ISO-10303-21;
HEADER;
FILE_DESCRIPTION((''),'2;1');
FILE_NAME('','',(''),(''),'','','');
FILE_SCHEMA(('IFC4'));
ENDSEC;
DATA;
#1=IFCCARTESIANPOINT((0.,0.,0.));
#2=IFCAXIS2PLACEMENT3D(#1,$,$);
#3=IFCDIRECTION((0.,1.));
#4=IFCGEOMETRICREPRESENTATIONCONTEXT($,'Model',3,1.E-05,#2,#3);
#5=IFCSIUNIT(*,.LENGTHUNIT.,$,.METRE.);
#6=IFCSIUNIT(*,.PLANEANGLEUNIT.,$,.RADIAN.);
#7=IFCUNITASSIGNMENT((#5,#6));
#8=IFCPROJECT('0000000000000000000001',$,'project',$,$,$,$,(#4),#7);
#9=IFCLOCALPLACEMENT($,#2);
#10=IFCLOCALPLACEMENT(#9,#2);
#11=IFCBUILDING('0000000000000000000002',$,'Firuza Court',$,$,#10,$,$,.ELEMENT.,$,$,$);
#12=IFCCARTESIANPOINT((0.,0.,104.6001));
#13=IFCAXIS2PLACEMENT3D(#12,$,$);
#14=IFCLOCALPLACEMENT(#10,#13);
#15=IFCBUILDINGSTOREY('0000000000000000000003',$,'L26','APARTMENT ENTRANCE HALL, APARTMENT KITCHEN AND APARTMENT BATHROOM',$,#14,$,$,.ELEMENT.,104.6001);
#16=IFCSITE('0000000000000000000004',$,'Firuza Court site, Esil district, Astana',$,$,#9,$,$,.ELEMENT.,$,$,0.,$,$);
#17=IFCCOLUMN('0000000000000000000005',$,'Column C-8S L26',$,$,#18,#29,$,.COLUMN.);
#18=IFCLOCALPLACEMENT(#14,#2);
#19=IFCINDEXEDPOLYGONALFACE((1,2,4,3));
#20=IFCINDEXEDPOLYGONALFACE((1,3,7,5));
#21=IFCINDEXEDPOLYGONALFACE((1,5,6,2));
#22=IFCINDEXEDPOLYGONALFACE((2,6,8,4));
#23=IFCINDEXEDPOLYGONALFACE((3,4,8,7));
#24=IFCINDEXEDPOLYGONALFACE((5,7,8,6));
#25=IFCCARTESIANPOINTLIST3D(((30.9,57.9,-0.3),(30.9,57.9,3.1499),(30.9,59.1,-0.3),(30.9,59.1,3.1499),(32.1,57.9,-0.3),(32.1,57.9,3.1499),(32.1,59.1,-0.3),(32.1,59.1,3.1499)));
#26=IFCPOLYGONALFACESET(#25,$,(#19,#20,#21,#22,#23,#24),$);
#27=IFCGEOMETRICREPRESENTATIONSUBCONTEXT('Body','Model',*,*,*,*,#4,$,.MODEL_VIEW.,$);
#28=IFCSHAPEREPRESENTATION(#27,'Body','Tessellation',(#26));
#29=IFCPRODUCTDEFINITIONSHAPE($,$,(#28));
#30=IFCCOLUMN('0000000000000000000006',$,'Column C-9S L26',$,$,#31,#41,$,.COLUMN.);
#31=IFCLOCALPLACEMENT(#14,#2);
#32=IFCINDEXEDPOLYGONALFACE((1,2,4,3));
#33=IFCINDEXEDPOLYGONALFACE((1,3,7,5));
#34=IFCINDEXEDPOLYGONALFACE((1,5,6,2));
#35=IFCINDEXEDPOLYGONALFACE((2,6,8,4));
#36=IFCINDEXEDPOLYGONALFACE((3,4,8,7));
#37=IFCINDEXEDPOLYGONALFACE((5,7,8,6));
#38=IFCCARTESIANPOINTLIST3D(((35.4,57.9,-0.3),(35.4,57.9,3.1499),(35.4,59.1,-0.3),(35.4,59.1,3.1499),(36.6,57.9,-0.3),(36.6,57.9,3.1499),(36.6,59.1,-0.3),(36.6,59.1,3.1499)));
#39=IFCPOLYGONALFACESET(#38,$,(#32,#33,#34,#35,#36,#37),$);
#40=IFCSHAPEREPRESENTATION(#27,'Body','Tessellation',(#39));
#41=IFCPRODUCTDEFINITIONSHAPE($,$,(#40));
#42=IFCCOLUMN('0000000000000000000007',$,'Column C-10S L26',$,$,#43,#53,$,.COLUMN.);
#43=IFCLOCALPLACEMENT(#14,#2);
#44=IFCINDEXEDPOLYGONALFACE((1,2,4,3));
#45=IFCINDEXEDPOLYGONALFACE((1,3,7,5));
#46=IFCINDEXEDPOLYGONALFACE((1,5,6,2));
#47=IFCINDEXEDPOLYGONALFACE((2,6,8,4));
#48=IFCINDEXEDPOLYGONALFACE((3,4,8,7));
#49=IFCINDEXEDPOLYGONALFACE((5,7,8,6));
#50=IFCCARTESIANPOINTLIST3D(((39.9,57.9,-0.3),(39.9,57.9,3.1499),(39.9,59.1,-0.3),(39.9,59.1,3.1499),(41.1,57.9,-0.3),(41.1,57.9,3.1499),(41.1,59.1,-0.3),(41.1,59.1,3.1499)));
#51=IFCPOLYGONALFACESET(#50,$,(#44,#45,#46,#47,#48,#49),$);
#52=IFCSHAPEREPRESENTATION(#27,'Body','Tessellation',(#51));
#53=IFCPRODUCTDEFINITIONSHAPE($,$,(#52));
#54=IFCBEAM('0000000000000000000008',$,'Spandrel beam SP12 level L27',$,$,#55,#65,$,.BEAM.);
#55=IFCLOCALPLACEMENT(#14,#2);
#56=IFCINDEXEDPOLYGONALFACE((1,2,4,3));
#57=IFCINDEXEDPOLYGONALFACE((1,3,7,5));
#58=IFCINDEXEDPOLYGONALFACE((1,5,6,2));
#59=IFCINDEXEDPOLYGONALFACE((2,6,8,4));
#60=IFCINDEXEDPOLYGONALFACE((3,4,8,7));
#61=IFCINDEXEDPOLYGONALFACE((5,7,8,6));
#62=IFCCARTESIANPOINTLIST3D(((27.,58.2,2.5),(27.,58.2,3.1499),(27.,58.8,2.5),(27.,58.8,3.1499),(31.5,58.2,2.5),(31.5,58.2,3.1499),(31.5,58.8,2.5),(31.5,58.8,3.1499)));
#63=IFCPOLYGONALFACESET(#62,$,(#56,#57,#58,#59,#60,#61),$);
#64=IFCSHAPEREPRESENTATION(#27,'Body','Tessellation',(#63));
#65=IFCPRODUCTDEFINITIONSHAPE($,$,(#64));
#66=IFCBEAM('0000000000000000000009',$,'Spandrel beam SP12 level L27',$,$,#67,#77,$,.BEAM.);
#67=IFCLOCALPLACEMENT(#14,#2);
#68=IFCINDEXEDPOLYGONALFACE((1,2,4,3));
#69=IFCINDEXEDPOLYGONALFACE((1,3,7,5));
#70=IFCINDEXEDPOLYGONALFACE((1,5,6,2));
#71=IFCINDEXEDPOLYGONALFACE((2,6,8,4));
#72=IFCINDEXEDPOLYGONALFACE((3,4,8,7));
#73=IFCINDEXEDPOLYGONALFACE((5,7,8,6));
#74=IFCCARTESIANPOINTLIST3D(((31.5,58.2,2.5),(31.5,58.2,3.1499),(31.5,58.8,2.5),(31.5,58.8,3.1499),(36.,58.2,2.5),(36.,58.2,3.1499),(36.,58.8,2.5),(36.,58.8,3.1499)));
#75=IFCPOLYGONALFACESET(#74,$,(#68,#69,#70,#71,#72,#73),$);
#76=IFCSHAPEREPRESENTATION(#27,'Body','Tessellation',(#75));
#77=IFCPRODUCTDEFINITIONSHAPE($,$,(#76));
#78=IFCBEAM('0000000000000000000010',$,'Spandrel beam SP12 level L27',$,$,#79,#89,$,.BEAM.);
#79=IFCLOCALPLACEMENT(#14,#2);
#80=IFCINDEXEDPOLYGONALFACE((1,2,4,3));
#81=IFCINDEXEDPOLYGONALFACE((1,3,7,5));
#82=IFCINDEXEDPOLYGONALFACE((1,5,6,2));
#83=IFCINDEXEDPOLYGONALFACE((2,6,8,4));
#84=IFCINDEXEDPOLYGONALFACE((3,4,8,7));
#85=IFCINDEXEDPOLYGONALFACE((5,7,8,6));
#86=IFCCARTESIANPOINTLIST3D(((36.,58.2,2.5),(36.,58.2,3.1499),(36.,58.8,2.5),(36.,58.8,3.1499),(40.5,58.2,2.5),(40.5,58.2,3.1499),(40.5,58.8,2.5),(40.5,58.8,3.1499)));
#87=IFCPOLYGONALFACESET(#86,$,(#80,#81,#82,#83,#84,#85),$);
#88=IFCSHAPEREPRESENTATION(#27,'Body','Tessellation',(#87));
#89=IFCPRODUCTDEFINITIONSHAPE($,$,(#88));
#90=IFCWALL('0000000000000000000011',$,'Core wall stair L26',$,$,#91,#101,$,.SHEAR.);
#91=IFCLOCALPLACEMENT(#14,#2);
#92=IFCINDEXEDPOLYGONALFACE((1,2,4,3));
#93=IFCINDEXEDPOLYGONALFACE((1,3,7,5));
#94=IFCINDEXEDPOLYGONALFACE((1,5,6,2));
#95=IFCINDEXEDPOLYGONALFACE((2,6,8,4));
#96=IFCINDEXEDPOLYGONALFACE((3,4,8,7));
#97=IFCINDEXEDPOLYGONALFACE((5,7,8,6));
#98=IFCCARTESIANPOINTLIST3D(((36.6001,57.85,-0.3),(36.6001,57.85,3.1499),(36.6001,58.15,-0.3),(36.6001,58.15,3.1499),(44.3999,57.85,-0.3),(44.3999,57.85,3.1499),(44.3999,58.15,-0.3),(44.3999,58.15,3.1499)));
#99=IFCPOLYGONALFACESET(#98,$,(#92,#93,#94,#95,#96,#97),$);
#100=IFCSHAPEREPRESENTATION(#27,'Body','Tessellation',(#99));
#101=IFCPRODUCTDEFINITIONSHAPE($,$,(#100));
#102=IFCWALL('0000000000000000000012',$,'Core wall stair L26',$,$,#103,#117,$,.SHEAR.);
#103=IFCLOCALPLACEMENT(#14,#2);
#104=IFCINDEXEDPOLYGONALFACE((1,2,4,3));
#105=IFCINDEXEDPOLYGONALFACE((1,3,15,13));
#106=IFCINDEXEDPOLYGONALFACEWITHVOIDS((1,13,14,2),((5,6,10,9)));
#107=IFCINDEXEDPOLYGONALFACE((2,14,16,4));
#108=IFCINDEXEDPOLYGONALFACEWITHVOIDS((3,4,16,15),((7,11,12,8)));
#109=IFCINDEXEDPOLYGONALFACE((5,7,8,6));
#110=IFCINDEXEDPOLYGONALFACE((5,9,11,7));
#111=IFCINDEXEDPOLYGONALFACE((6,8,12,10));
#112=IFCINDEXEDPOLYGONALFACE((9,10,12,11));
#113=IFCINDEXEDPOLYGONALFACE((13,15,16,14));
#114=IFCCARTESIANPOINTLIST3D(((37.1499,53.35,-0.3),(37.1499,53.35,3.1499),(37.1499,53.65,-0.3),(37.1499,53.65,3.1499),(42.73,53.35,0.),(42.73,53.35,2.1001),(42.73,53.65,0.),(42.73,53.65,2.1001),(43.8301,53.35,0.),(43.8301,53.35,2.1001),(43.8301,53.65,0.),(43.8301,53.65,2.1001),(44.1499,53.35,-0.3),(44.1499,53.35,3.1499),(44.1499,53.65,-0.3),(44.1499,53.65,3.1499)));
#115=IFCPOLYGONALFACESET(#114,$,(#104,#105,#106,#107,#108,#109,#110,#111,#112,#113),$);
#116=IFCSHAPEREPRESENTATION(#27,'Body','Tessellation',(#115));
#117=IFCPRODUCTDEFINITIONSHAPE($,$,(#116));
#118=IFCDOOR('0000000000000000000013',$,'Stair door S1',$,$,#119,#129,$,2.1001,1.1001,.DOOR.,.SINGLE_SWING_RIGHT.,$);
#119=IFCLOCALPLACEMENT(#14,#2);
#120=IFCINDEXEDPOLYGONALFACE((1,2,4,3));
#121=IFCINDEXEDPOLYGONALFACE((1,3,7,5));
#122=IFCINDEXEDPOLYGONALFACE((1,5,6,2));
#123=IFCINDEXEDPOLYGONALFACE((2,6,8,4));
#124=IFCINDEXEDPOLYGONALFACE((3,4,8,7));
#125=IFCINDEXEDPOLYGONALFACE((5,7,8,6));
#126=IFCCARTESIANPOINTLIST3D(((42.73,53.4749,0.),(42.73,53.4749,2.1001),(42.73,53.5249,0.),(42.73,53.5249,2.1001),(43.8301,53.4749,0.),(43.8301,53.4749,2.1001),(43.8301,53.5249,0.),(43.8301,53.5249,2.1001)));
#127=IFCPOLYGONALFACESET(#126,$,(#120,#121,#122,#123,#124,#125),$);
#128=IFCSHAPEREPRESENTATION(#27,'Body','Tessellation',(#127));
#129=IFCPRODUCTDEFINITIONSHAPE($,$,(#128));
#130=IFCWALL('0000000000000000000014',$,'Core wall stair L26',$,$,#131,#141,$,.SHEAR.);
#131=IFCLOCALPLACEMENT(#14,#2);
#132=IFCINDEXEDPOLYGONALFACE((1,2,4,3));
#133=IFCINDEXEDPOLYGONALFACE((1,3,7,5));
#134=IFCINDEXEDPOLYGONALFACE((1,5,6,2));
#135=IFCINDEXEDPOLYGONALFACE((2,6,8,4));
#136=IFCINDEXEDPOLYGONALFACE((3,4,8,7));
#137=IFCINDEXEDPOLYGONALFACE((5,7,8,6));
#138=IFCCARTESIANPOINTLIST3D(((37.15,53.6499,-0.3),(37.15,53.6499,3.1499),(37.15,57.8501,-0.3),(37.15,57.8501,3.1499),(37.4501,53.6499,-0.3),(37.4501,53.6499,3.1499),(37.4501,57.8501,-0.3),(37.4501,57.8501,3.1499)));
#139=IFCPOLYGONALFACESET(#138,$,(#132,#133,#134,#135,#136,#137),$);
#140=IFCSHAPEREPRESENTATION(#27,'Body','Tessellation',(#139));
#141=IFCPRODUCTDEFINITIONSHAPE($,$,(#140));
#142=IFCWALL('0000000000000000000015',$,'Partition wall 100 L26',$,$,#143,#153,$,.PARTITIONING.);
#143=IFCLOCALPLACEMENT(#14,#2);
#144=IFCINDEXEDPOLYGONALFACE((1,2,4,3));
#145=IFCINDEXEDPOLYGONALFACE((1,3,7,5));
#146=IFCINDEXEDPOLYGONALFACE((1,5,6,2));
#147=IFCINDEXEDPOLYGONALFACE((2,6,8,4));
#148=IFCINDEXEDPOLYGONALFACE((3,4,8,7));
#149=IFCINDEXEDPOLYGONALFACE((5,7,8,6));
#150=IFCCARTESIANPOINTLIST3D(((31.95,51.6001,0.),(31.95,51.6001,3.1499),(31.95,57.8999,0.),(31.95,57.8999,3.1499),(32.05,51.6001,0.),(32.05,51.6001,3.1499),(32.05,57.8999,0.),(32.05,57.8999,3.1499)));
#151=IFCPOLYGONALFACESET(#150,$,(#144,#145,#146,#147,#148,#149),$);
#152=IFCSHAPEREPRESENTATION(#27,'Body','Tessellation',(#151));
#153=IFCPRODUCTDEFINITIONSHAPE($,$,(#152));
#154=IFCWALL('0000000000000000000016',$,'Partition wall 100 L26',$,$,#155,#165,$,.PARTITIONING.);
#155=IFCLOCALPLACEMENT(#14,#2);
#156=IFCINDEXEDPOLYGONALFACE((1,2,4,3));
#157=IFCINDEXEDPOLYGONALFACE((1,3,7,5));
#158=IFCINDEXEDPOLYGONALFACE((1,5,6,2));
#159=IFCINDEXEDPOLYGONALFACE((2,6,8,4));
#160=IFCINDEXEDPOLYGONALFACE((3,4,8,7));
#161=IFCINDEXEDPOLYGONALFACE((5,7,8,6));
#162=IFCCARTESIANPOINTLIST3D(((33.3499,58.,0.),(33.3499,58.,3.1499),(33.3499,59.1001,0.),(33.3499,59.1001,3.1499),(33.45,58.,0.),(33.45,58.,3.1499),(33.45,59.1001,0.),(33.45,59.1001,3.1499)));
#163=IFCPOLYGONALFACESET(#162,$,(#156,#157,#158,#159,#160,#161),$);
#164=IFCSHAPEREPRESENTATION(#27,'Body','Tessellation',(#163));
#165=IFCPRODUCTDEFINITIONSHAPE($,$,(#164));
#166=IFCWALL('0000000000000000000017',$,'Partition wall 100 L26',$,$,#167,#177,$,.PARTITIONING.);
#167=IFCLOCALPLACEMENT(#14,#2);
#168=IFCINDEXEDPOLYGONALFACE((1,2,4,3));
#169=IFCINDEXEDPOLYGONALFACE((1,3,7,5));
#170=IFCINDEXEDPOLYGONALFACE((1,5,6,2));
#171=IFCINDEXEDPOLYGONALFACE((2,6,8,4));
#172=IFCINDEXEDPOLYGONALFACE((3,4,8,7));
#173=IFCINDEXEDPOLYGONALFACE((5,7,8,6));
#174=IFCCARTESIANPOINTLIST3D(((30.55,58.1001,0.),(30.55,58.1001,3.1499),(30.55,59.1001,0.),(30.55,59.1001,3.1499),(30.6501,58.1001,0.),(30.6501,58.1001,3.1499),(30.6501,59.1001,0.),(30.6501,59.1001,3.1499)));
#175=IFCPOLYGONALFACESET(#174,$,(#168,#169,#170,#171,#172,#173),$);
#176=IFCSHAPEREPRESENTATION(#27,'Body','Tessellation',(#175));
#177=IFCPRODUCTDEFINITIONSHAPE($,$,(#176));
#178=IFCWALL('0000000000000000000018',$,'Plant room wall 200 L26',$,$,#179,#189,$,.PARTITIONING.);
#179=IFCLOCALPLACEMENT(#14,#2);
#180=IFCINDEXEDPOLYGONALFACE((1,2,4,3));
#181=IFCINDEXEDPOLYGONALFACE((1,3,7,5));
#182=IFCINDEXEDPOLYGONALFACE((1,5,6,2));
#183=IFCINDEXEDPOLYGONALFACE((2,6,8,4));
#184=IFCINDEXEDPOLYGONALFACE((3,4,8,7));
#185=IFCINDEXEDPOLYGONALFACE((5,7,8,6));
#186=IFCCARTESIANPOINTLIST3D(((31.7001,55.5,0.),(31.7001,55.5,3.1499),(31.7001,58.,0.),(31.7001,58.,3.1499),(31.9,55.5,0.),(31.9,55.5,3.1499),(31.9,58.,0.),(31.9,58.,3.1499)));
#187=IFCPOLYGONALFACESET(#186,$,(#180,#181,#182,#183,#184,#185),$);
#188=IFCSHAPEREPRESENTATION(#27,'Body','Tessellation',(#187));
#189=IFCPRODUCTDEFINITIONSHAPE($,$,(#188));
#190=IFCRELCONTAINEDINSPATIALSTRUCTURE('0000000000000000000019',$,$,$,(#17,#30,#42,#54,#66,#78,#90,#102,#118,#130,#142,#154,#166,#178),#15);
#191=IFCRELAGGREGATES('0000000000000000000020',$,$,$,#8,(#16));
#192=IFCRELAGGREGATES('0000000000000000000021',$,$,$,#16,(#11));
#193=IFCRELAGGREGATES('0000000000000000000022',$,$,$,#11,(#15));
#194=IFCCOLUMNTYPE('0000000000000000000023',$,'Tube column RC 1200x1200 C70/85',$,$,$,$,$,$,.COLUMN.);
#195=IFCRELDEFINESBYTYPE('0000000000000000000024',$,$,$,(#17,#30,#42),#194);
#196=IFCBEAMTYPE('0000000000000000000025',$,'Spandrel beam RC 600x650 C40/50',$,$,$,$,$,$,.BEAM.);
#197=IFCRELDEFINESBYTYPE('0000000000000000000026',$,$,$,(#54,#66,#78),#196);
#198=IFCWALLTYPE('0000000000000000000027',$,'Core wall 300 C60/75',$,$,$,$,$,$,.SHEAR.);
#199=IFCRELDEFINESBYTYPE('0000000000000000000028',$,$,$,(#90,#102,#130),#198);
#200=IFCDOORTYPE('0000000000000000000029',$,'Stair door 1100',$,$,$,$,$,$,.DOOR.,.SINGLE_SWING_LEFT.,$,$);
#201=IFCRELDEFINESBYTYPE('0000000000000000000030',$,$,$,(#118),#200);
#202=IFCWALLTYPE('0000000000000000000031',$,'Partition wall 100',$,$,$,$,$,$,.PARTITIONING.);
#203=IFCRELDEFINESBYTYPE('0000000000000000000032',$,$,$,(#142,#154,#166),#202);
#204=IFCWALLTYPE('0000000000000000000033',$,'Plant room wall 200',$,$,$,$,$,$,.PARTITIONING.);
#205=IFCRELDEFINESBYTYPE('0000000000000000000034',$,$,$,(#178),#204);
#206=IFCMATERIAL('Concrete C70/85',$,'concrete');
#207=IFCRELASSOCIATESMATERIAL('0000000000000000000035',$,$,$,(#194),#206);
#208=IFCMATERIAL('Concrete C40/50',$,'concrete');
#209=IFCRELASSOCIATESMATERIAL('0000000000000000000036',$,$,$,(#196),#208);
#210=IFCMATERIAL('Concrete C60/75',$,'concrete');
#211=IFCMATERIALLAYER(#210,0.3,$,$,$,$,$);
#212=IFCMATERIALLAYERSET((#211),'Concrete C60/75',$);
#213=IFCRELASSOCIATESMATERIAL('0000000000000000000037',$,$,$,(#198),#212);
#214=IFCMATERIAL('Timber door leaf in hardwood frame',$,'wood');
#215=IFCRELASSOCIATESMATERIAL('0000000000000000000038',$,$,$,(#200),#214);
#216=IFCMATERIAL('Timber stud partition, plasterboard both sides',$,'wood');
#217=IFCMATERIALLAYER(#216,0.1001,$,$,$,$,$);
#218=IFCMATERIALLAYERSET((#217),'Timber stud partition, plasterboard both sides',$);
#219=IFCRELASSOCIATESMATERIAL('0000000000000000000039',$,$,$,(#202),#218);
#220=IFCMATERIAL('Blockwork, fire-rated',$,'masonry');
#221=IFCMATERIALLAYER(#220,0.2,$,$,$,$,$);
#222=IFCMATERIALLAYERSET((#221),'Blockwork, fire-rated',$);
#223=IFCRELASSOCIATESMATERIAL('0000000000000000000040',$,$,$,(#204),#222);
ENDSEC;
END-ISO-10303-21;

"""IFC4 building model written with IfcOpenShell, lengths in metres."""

from ifc_helpers import new_model, si_unit, direction, frame, frame_2d, origin, origin_2d, place, context, subcontext, project, spatial, rectangle, extrude, material, layer, layer_set, material_profile, profile_set, type_object, element, fill, save


model = new_model("IFC4")

# Units and contexts
model_context = context("Model", 3, precision=1e-05, world=origin(), true_north=direction((0.0, 1.0)))
body_context = subcontext(model_context, "Body", "Model", "MODEL_VIEW")
ifc_project = project(units=[si_unit("LENGTHUNIT", "METRE"), si_unit("PLANEANGLEUNIT", "RADIAN")], contexts=[model_context])

# Site, building, storey
site_placement = place(None, origin())
site = spatial("IfcSite", under=ifc_project, at=site_placement, Name="Firuza Court site, Esil district, Astana", CompositionType="ELEMENT", RefElevation=0.0)
building_placement = place(site_placement, origin())
building = spatial("IfcBuilding", under=site, at=building_placement, Name="Firuza Court", CompositionType="ELEMENT")
storey_placement = place(building_placement, frame((0.0, 0.0, 104.6001)))
storey = spatial("IfcBuildingStorey", under=building, at=storey_placement, Name="L26", Description="APARTMENT ENTRANCE HALL, APARTMENT KITCHEN AND APARTMENT BATHROOM", CompositionType="ELEMENT", Elevation=104.6001)

# Columns
ifc_material_1 = material(Name="Concrete C70/85", Category="concrete")
ifc_material_profile_1 = material_profile(ifc_material_1, rectangle(XDim=1.2, YDim=1.2, at=origin_2d()), Name="RC 1200x1200")
ifc_profile_set_1 = profile_set([ifc_material_profile_1], Name="Concrete C70/85")
column_type = type_object("IfcColumnType", Name="Tube column RC 1200x1200 C70/85", PredefinedType="COLUMN", material=ifc_profile_set_1)
for number, where, z_axis, x_axis, name in (
    (1, (31.5, 58.5, -0.3), (0.0, 0.0, 1.0), (1.0, 0.0, 0.0), "Column C-8S L26"),
    (2, (36.0, 58.5, -0.3), (0.0, 0.0, 1.0), (1.0, 0.0, 0.0), "Column C-9S L26"),
    (3, (40.5, 58.5, -0.3), (0.0, 0.0, 1.0), (1.0, 0.0, 0.0), "Column C-10S L26"),
):
    element("IfcColumn", number, at=place(storey_placement, frame(where, z_axis=z_axis, x_axis=x_axis)), inside=storey, type_object=column_type, Name=name, PredefinedType="COLUMN", context=body_context, shape_type="SweptSolid", body=[
        extrude(rectangle(XDim=1.2, YDim=1.2, at=origin_2d()), origin(), (0.0, 0.0, 1.0), 3.45),
    ])

# Beams
ifc_material_2 = material(Name="Concrete C40/50", Category="concrete")
ifc_material_profile_2 = material_profile(ifc_material_2, rectangle(XDim=0.6001, YDim=0.6499, at=origin_2d()), Name="RC 600x650")
ifc_profile_set_2 = profile_set([ifc_material_profile_2], Name="Concrete C40/50")
beam_type = type_object("IfcBeamType", Name="Spandrel beam RC 600x650 C40/50", PredefinedType="BEAM", material=ifc_profile_set_2)
for number, where, z_axis, x_axis, name in (
    (4, (31.5, 58.5, 2.825), (-1.0, 0.0, 0.0), (0.0, -1.0, 0.0), "Spandrel beam SP12 level L27"),
    (5, (36.0, 58.5, 2.825), (-1.0, 0.0, 0.0), (0.0, -1.0, 0.0), "Spandrel beam SP12 level L27"),
    (6, (40.5, 58.5, 2.825), (-1.0, 0.0, 0.0), (0.0, -1.0, 0.0), "Spandrel beam SP12 level L27"),
):
    element("IfcBeam", number, at=place(storey_placement, frame(where, z_axis=z_axis, x_axis=x_axis)), inside=storey, type_object=beam_type, Name=name, PredefinedType="BEAM", context=body_context, shape_type="SweptSolid", body=[
        extrude(rectangle(XDim=0.6001, YDim=0.6499, at=origin_2d()), origin(), (0.0, 0.0, 1.0), 4.5),
    ])

# Wall
ifc_material_3 = material(Name="Concrete C60/75", Category="concrete")
ifc_layer_1 = layer(ifc_material_3, 0.3)
ifc_layer_set_1 = layer_set([ifc_layer_1], Name="Concrete C60/75")
wall_type_1 = type_object("IfcWallType", Name="Core wall 300 C60/75", PredefinedType="SHEAR", material=ifc_layer_set_1)
wall_1_placement = place(storey_placement, frame((36.6001, 58.0, -0.3), z_axis=(0.0, 0.0, 1.0), x_axis=(1.0, 0.0, 0.0)))
element("IfcWall", 7, at=wall_1_placement, inside=storey, type_object=wall_type_1, Name="Core wall stair L26", PredefinedType="SHEAR", context=body_context, shape_type="SweptSolid", body=[
    extrude(rectangle(XDim=7.7998, YDim=0.3, at=frame_2d((3.8999, 0.0))), origin(), (0.0, 0.0, 1.0), 3.45),
])

# Wall, opening, door
wall_2_placement = place(storey_placement, frame((37.1499, 53.5, -0.3), z_axis=(0.0, 0.0, 1.0), x_axis=(1.0, 0.0, 0.0)))
wall_2 = element("IfcWall", 8, at=wall_2_placement, inside=storey, type_object=wall_type_1, Name="Core wall stair L26", PredefinedType="SHEAR", context=body_context, shape_type="SweptSolid", body=[
    extrude(rectangle(XDim=7.0, YDim=0.3, at=frame_2d((3.5, 0.0))), origin(), (0.0, 0.0, 1.0), 3.45),
])
opening_1_placement = place(wall_2_placement, frame((5.5801, 0.0, 0.3)))
opening_1 = element("IfcOpeningElement", 9, at=opening_1_placement, cuts=wall_2, PredefinedType="OPENING", context=body_context, shape_type="SweptSolid", body=[
    extrude(rectangle(XDim=1.1001, YDim=2.1001, at=frame_2d((0.55, 1.05))), frame((0.0, 0.1621, 0.0), z_axis=(0.0, -1.0, 0.0), x_axis=(1.0, 0.0, 0.0)), (0.0, 0.0, 1.0), 0.324),
])
ifc_material_4 = material(Name="Timber door leaf in hardwood frame", Category="wood")
door_type_1 = type_object("IfcDoorType", Name="Stair door 1100", OperationType="SINGLE_SWING_LEFT", PredefinedType="DOOR", material=ifc_material_4)
door_1_placement = place(opening_1_placement, origin())
door_1 = element("IfcDoor", 10, at=door_1_placement, inside=storey, type_object=door_type_1, Name="Stair door S1", OperationType="SINGLE_SWING_RIGHT", OverallHeight=2.1001, OverallWidth=1.1001, PredefinedType="DOOR", context=body_context, shape_type="SweptSolid", body=[
    extrude(rectangle(XDim=1.1001, YDim=2.1001, at=frame_2d((0.55, 1.05))), frame((0.0, 0.0249, 0.0), z_axis=(0.0, -1.0, 0.0), x_axis=(1.0, 0.0, 0.0)), (0.0, 0.0, 1.0), 0.05),
])
fill(opening_1, door_1)

# Walls
wall_3_placement = place(storey_placement, frame((37.3, 53.6499, -0.3), z_axis=(0.0, 0.0, 1.0), x_axis=(0.0, 1.0, 0.0)))
element("IfcWall", 11, at=wall_3_placement, inside=storey, type_object=wall_type_1, Name="Core wall stair L26", PredefinedType="SHEAR", context=body_context, shape_type="SweptSolid", body=[
    extrude(rectangle(XDim=4.2002, YDim=0.3, at=frame_2d((2.1001, 0.0))), origin(), (0.0, 0.0, 1.0), 3.45),
])
ifc_material_5 = material(Name="Timber stud partition, plasterboard both sides", Category="wood")
ifc_layer_2 = layer(ifc_material_5, 0.1001)
ifc_layer_set_2 = layer_set([ifc_layer_2], Name="Timber stud partition, plasterboard both sides")
wall_type_2 = type_object("IfcWallType", Name="Partition wall 100", PredefinedType="PARTITIONING", material=ifc_layer_set_2)
wall_4_placement = place(storey_placement, frame((32.0, 51.6001, 0.0), z_axis=(0.0, 0.0, 1.0), x_axis=(0.0, 1.0, 0.0)))
element("IfcWall", 12, at=wall_4_placement, inside=storey, type_object=wall_type_2, Name="Partition wall 100 L26", PredefinedType="PARTITIONING", context=body_context, shape_type="SweptSolid", body=[
    extrude(rectangle(XDim=6.2998, YDim=0.1001, at=frame_2d((3.1499, 0.0))), origin(), (0.0, 0.0, 1.0), 3.1499),
])
wall_5_placement = place(storey_placement, frame((33.3999, 58.0, 0.0), z_axis=(0.0, 0.0, 1.0), x_axis=(0.0, 1.0, 0.0)))
element("IfcWall", 13, at=wall_5_placement, inside=storey, type_object=wall_type_2, Name="Partition wall 100 L26", PredefinedType="PARTITIONING", context=body_context, shape_type="SweptSolid", body=[
    extrude(rectangle(XDim=1.1001, YDim=0.1001, at=frame_2d((0.55, 0.0))), origin(), (0.0, 0.0, 1.0), 3.1499),
])
wall_6_placement = place(storey_placement, frame((30.6001, 58.1001, 0.0), z_axis=(0.0, 0.0, 1.0), x_axis=(0.0, 1.0, 0.0)))
element("IfcWall", 14, at=wall_6_placement, inside=storey, type_object=wall_type_2, Name="Partition wall 100 L26", PredefinedType="PARTITIONING", context=body_context, shape_type="SweptSolid", body=[
    extrude(rectangle(XDim=1.0, YDim=0.1001, at=frame_2d((0.5, 0.0))), origin(), (0.0, 0.0, 1.0), 3.1499),
])
ifc_material_6 = material(Name="Blockwork, fire-rated", Category="masonry")
ifc_layer_3 = layer(ifc_material_6, 0.2)
ifc_layer_set_3 = layer_set([ifc_layer_3], Name="Blockwork, fire-rated")
wall_type_3 = type_object("IfcWallType", Name="Plant room wall 200", PredefinedType="PARTITIONING", material=ifc_layer_set_3)
for number, where, z_axis, x_axis, name in (
    (15, (31.8, 55.5, 0.0), (0.0, 0.0, 1.0), (0.0, 1.0, 0.0), "Plant room wall 200 L26"),
):
    element("IfcWall", number, at=place(storey_placement, frame(where, z_axis=z_axis, x_axis=x_axis)), inside=storey, type_object=wall_type_3, Name=name, PredefinedType="PARTITIONING", context=body_context, shape_type="SweptSolid", body=[
        extrude(rectangle(XDim=2.5, YDim=0.2, at=frame_2d((1.25, 0.0))), origin(), (0.0, 0.0, 1.0), 3.1499),
    ])

save(model, "model.ifc")
